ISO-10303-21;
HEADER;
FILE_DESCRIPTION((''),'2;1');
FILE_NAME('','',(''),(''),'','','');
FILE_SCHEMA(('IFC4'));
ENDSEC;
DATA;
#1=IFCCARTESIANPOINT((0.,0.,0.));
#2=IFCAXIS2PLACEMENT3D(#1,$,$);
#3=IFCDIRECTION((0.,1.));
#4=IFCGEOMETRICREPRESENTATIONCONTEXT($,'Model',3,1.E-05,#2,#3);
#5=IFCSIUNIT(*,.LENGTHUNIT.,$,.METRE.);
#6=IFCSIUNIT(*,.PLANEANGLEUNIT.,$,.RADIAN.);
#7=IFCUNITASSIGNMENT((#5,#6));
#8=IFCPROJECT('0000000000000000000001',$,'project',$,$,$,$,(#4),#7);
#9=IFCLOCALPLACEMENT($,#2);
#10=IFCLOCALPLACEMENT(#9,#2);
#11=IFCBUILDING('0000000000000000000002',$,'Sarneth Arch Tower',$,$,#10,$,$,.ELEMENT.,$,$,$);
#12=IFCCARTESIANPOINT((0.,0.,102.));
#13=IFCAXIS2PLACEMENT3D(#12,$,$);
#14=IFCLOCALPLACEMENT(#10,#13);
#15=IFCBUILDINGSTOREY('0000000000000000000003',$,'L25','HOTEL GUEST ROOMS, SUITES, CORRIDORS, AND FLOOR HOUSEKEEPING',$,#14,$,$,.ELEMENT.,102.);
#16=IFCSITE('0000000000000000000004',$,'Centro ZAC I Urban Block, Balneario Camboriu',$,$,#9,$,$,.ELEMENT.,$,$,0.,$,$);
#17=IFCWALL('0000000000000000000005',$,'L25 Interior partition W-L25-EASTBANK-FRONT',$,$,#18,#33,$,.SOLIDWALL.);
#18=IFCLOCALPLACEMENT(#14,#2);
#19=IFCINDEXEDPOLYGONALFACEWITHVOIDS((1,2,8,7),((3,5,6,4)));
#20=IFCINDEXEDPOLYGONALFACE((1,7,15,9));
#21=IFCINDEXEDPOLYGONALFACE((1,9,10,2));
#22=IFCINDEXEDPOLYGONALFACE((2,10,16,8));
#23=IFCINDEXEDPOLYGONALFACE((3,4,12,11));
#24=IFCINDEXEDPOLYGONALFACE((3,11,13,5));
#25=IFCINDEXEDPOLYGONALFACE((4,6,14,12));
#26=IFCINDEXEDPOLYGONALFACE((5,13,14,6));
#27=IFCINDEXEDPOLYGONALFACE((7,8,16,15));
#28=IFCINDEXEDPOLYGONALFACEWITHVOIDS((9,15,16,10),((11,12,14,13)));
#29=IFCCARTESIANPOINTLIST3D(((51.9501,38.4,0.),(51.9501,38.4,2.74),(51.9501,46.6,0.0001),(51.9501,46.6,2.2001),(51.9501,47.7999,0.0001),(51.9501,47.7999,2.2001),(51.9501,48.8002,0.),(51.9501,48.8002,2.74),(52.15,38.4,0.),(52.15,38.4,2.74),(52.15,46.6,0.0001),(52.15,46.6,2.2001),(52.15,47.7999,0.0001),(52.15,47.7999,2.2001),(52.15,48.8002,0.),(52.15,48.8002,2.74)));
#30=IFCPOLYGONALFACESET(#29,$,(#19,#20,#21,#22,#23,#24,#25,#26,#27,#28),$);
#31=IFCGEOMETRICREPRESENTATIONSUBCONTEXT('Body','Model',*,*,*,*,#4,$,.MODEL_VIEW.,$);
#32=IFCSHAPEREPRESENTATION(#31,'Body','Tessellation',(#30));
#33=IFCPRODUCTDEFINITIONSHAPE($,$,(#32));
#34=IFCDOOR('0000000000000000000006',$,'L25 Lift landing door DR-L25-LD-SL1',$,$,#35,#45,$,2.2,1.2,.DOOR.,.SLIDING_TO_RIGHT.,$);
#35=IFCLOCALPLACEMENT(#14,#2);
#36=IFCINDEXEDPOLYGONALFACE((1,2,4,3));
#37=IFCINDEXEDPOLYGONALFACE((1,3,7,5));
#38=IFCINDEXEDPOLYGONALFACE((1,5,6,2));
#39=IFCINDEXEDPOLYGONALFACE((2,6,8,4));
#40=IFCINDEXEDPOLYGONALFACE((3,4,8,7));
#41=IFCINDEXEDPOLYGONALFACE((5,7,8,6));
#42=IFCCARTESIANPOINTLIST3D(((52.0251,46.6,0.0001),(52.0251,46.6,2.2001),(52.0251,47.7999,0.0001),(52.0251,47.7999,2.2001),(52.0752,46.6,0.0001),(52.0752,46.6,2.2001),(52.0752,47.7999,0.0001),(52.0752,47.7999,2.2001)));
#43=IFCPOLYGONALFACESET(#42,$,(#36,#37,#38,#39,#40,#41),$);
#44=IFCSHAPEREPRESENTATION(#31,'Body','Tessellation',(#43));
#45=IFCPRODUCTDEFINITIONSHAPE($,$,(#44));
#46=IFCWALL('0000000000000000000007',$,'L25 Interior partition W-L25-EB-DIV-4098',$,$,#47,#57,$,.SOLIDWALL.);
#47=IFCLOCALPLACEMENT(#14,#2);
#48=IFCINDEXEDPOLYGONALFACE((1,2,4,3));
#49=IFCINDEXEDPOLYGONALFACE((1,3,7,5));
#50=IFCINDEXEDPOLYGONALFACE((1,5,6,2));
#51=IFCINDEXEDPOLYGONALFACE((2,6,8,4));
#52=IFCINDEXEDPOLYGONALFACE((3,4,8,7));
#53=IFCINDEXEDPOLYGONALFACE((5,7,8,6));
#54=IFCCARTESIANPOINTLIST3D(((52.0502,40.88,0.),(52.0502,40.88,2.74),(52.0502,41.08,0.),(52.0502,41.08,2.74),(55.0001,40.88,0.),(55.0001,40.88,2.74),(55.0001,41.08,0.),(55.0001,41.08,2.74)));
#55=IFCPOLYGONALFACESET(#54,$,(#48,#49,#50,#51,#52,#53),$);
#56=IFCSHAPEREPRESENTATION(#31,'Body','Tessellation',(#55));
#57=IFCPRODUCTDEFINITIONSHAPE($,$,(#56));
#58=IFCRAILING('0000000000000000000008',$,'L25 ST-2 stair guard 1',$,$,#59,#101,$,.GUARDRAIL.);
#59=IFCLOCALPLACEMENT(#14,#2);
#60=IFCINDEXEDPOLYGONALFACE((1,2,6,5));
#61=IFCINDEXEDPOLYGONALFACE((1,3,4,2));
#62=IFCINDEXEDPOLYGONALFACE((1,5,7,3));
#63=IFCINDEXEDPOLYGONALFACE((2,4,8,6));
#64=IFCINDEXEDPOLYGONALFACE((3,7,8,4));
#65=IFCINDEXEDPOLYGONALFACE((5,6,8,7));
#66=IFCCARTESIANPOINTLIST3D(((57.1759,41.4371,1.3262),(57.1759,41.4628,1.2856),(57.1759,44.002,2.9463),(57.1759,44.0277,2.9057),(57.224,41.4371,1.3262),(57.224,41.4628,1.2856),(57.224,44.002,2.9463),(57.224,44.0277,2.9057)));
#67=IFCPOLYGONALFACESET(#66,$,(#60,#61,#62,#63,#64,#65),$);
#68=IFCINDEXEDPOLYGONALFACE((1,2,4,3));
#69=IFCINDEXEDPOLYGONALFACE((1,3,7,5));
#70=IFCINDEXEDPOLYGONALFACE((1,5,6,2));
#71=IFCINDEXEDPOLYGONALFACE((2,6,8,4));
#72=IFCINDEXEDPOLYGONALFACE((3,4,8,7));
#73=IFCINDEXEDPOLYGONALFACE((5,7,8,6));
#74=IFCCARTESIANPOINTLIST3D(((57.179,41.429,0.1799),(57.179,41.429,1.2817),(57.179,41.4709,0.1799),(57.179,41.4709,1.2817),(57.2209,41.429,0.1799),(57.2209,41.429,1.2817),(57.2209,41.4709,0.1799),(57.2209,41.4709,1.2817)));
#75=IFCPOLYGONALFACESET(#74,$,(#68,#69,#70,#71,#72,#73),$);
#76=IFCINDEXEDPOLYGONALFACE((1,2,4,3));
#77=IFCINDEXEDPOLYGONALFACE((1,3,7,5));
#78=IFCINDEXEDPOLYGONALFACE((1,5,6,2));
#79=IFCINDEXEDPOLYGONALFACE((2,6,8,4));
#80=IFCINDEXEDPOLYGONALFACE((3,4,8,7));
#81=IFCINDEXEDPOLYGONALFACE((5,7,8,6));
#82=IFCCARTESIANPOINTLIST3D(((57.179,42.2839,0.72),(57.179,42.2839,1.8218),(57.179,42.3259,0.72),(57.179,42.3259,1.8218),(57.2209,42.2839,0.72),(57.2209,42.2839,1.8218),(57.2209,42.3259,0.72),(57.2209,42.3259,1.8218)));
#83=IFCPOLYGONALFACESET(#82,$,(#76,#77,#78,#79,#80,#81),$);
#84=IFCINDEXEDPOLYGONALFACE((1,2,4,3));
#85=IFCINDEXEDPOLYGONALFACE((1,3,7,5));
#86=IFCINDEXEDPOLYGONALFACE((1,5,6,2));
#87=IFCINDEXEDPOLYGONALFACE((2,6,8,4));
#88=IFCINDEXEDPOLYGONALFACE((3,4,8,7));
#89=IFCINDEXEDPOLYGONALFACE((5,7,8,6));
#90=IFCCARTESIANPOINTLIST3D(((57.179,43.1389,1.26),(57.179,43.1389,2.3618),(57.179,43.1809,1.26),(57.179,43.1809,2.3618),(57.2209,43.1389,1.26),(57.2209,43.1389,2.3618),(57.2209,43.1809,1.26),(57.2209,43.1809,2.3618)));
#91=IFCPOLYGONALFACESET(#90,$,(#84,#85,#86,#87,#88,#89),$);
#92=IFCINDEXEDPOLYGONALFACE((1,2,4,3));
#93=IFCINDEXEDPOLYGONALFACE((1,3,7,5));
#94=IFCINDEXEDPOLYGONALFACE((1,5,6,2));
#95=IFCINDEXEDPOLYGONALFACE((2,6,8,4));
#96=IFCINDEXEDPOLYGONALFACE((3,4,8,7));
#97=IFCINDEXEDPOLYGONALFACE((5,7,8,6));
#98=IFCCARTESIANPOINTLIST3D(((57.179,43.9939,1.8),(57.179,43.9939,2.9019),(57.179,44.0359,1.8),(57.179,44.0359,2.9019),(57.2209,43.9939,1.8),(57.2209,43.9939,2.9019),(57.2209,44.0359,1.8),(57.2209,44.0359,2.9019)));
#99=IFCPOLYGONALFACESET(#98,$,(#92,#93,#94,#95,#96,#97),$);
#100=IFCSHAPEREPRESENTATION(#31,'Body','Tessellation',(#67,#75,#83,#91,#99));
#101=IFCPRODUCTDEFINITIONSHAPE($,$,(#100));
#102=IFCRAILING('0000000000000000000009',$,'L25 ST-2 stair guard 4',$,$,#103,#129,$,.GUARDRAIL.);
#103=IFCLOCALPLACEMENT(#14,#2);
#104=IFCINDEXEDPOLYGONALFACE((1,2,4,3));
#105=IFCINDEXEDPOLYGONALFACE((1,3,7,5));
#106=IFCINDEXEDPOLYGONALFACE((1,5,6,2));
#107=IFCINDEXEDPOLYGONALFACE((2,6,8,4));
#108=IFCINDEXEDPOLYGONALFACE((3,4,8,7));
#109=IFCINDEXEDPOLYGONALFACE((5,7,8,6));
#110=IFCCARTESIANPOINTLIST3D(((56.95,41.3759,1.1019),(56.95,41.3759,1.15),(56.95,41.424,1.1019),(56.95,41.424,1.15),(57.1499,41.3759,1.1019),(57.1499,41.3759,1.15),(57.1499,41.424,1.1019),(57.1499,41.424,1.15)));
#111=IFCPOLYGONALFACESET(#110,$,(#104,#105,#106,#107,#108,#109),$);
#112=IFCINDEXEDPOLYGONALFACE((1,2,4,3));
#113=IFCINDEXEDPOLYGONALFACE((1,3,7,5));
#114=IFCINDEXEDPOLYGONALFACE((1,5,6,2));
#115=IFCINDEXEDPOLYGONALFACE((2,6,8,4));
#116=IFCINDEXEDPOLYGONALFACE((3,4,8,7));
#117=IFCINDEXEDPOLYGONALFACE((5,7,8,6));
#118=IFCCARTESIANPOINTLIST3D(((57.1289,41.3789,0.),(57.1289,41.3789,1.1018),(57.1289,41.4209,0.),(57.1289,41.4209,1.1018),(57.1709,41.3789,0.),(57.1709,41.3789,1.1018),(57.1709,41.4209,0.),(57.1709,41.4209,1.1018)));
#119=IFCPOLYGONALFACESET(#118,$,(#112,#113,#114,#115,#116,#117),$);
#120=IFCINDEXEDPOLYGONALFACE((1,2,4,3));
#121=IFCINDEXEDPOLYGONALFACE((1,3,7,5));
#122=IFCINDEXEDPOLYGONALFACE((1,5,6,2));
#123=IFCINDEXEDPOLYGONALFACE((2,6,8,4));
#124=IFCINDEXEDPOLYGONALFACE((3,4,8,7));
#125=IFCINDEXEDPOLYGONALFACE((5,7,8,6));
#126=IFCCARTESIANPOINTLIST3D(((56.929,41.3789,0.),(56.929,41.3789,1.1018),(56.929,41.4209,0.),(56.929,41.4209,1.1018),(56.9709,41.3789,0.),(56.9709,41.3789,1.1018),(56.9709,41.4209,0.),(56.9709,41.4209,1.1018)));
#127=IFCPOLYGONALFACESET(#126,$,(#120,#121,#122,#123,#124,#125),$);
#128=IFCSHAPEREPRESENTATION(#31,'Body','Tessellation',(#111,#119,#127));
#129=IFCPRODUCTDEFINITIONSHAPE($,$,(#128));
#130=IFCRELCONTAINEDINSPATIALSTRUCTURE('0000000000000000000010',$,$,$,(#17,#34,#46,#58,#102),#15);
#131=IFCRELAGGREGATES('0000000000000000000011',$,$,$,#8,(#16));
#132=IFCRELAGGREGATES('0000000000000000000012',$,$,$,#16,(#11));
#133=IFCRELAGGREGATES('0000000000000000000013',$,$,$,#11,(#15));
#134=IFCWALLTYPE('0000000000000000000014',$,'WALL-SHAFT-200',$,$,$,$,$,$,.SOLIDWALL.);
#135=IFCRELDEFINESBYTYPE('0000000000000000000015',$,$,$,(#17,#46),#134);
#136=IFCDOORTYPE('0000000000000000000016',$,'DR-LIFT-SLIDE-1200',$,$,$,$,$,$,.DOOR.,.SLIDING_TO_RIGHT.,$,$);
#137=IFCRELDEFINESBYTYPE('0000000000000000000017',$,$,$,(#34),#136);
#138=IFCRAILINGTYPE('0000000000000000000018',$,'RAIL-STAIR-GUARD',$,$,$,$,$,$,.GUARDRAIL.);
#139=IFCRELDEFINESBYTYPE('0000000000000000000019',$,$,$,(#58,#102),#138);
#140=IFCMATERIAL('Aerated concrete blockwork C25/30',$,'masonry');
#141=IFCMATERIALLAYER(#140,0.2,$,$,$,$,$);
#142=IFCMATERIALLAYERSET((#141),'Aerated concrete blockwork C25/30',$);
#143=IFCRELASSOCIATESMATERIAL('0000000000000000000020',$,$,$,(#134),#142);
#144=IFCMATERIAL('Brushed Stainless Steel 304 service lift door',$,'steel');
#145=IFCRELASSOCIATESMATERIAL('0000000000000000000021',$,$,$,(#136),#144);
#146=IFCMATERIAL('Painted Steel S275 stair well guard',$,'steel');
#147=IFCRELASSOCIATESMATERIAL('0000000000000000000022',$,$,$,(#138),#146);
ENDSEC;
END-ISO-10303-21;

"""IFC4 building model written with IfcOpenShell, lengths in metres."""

from ifc_helpers import new_model, si_unit, direction, frame, frame_2d, origin, origin_2d, place, context, subcontext, project, spatial, rectangle, extrude, material, layer, layer_set, type_object, element, fill, save


model = new_model("IFC4")

# Units and contexts
model_context = context("Model", 3, precision=1e-05, world=origin(), true_north=direction((0.0, 1.0)))
body_context = subcontext(model_context, "Body", "Model", "MODEL_VIEW")
ifc_project = project(units=[si_unit("LENGTHUNIT", "METRE"), si_unit("PLANEANGLEUNIT", "RADIAN")], contexts=[model_context])

# Site, building, storey
site_placement = place(None, origin())
site = spatial("IfcSite", under=ifc_project, at=site_placement, Name="Centro ZAC I Urban Block, Balneario Camboriu", CompositionType="ELEMENT", RefElevation=0.0)
building_placement = place(site_placement, origin())
building = spatial("IfcBuilding", under=site, at=building_placement, Name="Sarneth Arch Tower", CompositionType="ELEMENT")
storey_placement = place(building_placement, frame((0.0, 0.0, 102.0)))
storey = spatial("IfcBuildingStorey", under=building, at=storey_placement, Name="L25", Description="HOTEL GUEST ROOMS, SUITES, CORRIDORS, AND FLOOR HOUSEKEEPING", CompositionType="ELEMENT", Elevation=102.0)

# Shared definitions
ifc_material_1 = material(Name="Aerated concrete blockwork C25/30", Category="masonry")
ifc_layer_1 = layer(ifc_material_1, 0.2)
ifc_layer_set_1 = layer_set([ifc_layer_1], Name="Aerated concrete blockwork C25/30")
wall_type_1 = type_object("IfcWallType", Name="WALL-SHAFT-200", PredefinedType="SOLIDWALL", material=ifc_layer_set_1)

# Wall, opening, door
wall_1_placement = place(storey_placement, frame((52.05, 38.3999, 0.0), z_axis=(0.0, 0.0, 1.0), x_axis=(0.0, 1.0, 0.0)))
wall_1 = element("IfcWall", 1, at=wall_1_placement, inside=storey, type_object=wall_type_1, Name="L25 Interior partition W-L25-EASTBANK-FRONT", PredefinedType="SOLIDWALL", context=body_context, shape_type="SweptSolid", body=[
    extrude(rectangle(XDim=10.4001, YDim=0.2, at=frame_2d((5.2002, 0.0))), origin(), (0.0, 0.0, 1.0), 2.74),
])
opening_1_placement = place(wall_1_placement, frame((8.2, 0.0, 0.0)))
opening_1 = element("IfcOpeningElement", 2, at=opening_1_placement, cuts=wall_1, PredefinedType="OPENING", context=body_context, shape_type="SweptSolid", body=[
    extrude(rectangle(XDim=1.2, YDim=2.2, at=frame_2d((0.6001, 1.1001))), frame((0.0, 0.1099, 0.0), z_axis=(0.0, -1.0, 0.0), x_axis=(1.0, 0.0, 0.0)), (0.0, 0.0, 1.0), 0.22),
])
ifc_material_2 = material(Name="Brushed Stainless Steel 304 service lift door", Category="steel")
door_type_1 = type_object("IfcDoorType", Name="DR-LIFT-SLIDE-1200", OperationType="SLIDING_TO_RIGHT", PredefinedType="DOOR", material=ifc_material_2)
door_1_placement = place(opening_1_placement, origin())
door_1 = element("IfcDoor", 3, at=door_1_placement, inside=storey, type_object=door_type_1, Name="L25 Lift landing door DR-L25-LD-SL1", OperationType="SLIDING_TO_RIGHT", OverallHeight=2.2, OverallWidth=1.2, PredefinedType="DOOR", context=body_context, shape_type="SweptSolid", body=[
    extrude(rectangle(XDim=1.2, YDim=2.2, at=frame_2d((0.6001, 1.1001))), frame((0.0, 0.0249, 0.0), z_axis=(0.0, -1.0, 0.0), x_axis=(1.0, 0.0, 0.0)), (0.0, 0.0, 1.0), 0.05),
])
fill(opening_1, door_1)

# Wall
wall_2_placement = place(storey_placement, frame((52.05, 40.98, 0.0), z_axis=(0.0, 0.0, 1.0), x_axis=(1.0, 0.0, 0.0)))
element("IfcWall", 4, at=wall_2_placement, inside=storey, type_object=wall_type_1, Name="L25 Interior partition W-L25-EB-DIV-4098", PredefinedType="SOLIDWALL", context=body_context, shape_type="SweptSolid", body=[
    extrude(rectangle(XDim=2.95, YDim=0.2, at=frame_2d((1.4751, 0.0))), origin(), (0.0, 0.0, 1.0), 2.74),
])

# Railings
ifc_material_3 = material(Name="Painted Steel S275 stair well guard", Category="steel")
railing_type = type_object("IfcRailingType", Name="RAIL-STAIR-GUARD", PredefinedType="GUARDRAIL", material=ifc_material_3)
railing_1_placement = place(storey_placement, frame((57.2, 41.45, 0.1799)))
element("IfcRailing", 5, at=railing_1_placement, inside=storey, type_object=railing_type, Name="L25 ST-2 stair guard 1", PredefinedType="GUARDRAIL", context=body_context, shape_type="SweptSolid", body=[
    extrude(rectangle(XDim=0.0481, YDim=0.0481, at=origin_2d()), frame((0.0, 0.0, 1.126), z_axis=(0.0, 0.845466, 0.534029), x_axis=(-1.0, 0.0, 0.0)), (0.0, 0.0, 1.0), 3.0337),
    extrude(rectangle(XDim=0.042, YDim=0.042, at=origin_2d()), origin(), (0.0, 0.0, 1.0), 1.1018),
    extrude(rectangle(XDim=0.042, YDim=0.042, at=origin_2d()), frame((0.0, 0.855, 0.54)), (0.0, 0.0, 1.0), 1.1018),
    extrude(rectangle(XDim=0.042, YDim=0.042, at=origin_2d()), frame((0.0, 1.71, 1.0801)), (0.0, 0.0, 1.0), 1.1018),
    extrude(rectangle(XDim=0.042, YDim=0.042, at=origin_2d()), frame((0.0, 2.5649, 1.6201)), (0.0, 0.0, 1.0), 1.1018),
])
railing_2_placement = place(storey_placement, frame((57.1499, 41.3999, 0.0)))
element("IfcRailing", 6, at=railing_2_placement, inside=storey, type_object=railing_type, Name="L25 ST-2 stair guard 4", PredefinedType="GUARDRAIL", context=body_context, shape_type="SweptSolid", body=[
    extrude(rectangle(XDim=0.0481, YDim=0.0481, at=origin_2d()), frame((0.0, 0.0, 1.126), z_axis=(-1.0, 0.0, 0.0), x_axis=(0.0, -1.0, 0.0)), (0.0, 0.0, 1.0), 0.2),
    extrude(rectangle(XDim=0.042, YDim=0.042, at=origin_2d()), origin(), (0.0, 0.0, 1.0), 1.1018),
    extrude(rectangle(XDim=0.042, YDim=0.042, at=origin_2d()), frame((-0.2, 0.0, 0.0)), (0.0, 0.0, 1.0), 1.1018),
])

save(model, "model.ifc")
